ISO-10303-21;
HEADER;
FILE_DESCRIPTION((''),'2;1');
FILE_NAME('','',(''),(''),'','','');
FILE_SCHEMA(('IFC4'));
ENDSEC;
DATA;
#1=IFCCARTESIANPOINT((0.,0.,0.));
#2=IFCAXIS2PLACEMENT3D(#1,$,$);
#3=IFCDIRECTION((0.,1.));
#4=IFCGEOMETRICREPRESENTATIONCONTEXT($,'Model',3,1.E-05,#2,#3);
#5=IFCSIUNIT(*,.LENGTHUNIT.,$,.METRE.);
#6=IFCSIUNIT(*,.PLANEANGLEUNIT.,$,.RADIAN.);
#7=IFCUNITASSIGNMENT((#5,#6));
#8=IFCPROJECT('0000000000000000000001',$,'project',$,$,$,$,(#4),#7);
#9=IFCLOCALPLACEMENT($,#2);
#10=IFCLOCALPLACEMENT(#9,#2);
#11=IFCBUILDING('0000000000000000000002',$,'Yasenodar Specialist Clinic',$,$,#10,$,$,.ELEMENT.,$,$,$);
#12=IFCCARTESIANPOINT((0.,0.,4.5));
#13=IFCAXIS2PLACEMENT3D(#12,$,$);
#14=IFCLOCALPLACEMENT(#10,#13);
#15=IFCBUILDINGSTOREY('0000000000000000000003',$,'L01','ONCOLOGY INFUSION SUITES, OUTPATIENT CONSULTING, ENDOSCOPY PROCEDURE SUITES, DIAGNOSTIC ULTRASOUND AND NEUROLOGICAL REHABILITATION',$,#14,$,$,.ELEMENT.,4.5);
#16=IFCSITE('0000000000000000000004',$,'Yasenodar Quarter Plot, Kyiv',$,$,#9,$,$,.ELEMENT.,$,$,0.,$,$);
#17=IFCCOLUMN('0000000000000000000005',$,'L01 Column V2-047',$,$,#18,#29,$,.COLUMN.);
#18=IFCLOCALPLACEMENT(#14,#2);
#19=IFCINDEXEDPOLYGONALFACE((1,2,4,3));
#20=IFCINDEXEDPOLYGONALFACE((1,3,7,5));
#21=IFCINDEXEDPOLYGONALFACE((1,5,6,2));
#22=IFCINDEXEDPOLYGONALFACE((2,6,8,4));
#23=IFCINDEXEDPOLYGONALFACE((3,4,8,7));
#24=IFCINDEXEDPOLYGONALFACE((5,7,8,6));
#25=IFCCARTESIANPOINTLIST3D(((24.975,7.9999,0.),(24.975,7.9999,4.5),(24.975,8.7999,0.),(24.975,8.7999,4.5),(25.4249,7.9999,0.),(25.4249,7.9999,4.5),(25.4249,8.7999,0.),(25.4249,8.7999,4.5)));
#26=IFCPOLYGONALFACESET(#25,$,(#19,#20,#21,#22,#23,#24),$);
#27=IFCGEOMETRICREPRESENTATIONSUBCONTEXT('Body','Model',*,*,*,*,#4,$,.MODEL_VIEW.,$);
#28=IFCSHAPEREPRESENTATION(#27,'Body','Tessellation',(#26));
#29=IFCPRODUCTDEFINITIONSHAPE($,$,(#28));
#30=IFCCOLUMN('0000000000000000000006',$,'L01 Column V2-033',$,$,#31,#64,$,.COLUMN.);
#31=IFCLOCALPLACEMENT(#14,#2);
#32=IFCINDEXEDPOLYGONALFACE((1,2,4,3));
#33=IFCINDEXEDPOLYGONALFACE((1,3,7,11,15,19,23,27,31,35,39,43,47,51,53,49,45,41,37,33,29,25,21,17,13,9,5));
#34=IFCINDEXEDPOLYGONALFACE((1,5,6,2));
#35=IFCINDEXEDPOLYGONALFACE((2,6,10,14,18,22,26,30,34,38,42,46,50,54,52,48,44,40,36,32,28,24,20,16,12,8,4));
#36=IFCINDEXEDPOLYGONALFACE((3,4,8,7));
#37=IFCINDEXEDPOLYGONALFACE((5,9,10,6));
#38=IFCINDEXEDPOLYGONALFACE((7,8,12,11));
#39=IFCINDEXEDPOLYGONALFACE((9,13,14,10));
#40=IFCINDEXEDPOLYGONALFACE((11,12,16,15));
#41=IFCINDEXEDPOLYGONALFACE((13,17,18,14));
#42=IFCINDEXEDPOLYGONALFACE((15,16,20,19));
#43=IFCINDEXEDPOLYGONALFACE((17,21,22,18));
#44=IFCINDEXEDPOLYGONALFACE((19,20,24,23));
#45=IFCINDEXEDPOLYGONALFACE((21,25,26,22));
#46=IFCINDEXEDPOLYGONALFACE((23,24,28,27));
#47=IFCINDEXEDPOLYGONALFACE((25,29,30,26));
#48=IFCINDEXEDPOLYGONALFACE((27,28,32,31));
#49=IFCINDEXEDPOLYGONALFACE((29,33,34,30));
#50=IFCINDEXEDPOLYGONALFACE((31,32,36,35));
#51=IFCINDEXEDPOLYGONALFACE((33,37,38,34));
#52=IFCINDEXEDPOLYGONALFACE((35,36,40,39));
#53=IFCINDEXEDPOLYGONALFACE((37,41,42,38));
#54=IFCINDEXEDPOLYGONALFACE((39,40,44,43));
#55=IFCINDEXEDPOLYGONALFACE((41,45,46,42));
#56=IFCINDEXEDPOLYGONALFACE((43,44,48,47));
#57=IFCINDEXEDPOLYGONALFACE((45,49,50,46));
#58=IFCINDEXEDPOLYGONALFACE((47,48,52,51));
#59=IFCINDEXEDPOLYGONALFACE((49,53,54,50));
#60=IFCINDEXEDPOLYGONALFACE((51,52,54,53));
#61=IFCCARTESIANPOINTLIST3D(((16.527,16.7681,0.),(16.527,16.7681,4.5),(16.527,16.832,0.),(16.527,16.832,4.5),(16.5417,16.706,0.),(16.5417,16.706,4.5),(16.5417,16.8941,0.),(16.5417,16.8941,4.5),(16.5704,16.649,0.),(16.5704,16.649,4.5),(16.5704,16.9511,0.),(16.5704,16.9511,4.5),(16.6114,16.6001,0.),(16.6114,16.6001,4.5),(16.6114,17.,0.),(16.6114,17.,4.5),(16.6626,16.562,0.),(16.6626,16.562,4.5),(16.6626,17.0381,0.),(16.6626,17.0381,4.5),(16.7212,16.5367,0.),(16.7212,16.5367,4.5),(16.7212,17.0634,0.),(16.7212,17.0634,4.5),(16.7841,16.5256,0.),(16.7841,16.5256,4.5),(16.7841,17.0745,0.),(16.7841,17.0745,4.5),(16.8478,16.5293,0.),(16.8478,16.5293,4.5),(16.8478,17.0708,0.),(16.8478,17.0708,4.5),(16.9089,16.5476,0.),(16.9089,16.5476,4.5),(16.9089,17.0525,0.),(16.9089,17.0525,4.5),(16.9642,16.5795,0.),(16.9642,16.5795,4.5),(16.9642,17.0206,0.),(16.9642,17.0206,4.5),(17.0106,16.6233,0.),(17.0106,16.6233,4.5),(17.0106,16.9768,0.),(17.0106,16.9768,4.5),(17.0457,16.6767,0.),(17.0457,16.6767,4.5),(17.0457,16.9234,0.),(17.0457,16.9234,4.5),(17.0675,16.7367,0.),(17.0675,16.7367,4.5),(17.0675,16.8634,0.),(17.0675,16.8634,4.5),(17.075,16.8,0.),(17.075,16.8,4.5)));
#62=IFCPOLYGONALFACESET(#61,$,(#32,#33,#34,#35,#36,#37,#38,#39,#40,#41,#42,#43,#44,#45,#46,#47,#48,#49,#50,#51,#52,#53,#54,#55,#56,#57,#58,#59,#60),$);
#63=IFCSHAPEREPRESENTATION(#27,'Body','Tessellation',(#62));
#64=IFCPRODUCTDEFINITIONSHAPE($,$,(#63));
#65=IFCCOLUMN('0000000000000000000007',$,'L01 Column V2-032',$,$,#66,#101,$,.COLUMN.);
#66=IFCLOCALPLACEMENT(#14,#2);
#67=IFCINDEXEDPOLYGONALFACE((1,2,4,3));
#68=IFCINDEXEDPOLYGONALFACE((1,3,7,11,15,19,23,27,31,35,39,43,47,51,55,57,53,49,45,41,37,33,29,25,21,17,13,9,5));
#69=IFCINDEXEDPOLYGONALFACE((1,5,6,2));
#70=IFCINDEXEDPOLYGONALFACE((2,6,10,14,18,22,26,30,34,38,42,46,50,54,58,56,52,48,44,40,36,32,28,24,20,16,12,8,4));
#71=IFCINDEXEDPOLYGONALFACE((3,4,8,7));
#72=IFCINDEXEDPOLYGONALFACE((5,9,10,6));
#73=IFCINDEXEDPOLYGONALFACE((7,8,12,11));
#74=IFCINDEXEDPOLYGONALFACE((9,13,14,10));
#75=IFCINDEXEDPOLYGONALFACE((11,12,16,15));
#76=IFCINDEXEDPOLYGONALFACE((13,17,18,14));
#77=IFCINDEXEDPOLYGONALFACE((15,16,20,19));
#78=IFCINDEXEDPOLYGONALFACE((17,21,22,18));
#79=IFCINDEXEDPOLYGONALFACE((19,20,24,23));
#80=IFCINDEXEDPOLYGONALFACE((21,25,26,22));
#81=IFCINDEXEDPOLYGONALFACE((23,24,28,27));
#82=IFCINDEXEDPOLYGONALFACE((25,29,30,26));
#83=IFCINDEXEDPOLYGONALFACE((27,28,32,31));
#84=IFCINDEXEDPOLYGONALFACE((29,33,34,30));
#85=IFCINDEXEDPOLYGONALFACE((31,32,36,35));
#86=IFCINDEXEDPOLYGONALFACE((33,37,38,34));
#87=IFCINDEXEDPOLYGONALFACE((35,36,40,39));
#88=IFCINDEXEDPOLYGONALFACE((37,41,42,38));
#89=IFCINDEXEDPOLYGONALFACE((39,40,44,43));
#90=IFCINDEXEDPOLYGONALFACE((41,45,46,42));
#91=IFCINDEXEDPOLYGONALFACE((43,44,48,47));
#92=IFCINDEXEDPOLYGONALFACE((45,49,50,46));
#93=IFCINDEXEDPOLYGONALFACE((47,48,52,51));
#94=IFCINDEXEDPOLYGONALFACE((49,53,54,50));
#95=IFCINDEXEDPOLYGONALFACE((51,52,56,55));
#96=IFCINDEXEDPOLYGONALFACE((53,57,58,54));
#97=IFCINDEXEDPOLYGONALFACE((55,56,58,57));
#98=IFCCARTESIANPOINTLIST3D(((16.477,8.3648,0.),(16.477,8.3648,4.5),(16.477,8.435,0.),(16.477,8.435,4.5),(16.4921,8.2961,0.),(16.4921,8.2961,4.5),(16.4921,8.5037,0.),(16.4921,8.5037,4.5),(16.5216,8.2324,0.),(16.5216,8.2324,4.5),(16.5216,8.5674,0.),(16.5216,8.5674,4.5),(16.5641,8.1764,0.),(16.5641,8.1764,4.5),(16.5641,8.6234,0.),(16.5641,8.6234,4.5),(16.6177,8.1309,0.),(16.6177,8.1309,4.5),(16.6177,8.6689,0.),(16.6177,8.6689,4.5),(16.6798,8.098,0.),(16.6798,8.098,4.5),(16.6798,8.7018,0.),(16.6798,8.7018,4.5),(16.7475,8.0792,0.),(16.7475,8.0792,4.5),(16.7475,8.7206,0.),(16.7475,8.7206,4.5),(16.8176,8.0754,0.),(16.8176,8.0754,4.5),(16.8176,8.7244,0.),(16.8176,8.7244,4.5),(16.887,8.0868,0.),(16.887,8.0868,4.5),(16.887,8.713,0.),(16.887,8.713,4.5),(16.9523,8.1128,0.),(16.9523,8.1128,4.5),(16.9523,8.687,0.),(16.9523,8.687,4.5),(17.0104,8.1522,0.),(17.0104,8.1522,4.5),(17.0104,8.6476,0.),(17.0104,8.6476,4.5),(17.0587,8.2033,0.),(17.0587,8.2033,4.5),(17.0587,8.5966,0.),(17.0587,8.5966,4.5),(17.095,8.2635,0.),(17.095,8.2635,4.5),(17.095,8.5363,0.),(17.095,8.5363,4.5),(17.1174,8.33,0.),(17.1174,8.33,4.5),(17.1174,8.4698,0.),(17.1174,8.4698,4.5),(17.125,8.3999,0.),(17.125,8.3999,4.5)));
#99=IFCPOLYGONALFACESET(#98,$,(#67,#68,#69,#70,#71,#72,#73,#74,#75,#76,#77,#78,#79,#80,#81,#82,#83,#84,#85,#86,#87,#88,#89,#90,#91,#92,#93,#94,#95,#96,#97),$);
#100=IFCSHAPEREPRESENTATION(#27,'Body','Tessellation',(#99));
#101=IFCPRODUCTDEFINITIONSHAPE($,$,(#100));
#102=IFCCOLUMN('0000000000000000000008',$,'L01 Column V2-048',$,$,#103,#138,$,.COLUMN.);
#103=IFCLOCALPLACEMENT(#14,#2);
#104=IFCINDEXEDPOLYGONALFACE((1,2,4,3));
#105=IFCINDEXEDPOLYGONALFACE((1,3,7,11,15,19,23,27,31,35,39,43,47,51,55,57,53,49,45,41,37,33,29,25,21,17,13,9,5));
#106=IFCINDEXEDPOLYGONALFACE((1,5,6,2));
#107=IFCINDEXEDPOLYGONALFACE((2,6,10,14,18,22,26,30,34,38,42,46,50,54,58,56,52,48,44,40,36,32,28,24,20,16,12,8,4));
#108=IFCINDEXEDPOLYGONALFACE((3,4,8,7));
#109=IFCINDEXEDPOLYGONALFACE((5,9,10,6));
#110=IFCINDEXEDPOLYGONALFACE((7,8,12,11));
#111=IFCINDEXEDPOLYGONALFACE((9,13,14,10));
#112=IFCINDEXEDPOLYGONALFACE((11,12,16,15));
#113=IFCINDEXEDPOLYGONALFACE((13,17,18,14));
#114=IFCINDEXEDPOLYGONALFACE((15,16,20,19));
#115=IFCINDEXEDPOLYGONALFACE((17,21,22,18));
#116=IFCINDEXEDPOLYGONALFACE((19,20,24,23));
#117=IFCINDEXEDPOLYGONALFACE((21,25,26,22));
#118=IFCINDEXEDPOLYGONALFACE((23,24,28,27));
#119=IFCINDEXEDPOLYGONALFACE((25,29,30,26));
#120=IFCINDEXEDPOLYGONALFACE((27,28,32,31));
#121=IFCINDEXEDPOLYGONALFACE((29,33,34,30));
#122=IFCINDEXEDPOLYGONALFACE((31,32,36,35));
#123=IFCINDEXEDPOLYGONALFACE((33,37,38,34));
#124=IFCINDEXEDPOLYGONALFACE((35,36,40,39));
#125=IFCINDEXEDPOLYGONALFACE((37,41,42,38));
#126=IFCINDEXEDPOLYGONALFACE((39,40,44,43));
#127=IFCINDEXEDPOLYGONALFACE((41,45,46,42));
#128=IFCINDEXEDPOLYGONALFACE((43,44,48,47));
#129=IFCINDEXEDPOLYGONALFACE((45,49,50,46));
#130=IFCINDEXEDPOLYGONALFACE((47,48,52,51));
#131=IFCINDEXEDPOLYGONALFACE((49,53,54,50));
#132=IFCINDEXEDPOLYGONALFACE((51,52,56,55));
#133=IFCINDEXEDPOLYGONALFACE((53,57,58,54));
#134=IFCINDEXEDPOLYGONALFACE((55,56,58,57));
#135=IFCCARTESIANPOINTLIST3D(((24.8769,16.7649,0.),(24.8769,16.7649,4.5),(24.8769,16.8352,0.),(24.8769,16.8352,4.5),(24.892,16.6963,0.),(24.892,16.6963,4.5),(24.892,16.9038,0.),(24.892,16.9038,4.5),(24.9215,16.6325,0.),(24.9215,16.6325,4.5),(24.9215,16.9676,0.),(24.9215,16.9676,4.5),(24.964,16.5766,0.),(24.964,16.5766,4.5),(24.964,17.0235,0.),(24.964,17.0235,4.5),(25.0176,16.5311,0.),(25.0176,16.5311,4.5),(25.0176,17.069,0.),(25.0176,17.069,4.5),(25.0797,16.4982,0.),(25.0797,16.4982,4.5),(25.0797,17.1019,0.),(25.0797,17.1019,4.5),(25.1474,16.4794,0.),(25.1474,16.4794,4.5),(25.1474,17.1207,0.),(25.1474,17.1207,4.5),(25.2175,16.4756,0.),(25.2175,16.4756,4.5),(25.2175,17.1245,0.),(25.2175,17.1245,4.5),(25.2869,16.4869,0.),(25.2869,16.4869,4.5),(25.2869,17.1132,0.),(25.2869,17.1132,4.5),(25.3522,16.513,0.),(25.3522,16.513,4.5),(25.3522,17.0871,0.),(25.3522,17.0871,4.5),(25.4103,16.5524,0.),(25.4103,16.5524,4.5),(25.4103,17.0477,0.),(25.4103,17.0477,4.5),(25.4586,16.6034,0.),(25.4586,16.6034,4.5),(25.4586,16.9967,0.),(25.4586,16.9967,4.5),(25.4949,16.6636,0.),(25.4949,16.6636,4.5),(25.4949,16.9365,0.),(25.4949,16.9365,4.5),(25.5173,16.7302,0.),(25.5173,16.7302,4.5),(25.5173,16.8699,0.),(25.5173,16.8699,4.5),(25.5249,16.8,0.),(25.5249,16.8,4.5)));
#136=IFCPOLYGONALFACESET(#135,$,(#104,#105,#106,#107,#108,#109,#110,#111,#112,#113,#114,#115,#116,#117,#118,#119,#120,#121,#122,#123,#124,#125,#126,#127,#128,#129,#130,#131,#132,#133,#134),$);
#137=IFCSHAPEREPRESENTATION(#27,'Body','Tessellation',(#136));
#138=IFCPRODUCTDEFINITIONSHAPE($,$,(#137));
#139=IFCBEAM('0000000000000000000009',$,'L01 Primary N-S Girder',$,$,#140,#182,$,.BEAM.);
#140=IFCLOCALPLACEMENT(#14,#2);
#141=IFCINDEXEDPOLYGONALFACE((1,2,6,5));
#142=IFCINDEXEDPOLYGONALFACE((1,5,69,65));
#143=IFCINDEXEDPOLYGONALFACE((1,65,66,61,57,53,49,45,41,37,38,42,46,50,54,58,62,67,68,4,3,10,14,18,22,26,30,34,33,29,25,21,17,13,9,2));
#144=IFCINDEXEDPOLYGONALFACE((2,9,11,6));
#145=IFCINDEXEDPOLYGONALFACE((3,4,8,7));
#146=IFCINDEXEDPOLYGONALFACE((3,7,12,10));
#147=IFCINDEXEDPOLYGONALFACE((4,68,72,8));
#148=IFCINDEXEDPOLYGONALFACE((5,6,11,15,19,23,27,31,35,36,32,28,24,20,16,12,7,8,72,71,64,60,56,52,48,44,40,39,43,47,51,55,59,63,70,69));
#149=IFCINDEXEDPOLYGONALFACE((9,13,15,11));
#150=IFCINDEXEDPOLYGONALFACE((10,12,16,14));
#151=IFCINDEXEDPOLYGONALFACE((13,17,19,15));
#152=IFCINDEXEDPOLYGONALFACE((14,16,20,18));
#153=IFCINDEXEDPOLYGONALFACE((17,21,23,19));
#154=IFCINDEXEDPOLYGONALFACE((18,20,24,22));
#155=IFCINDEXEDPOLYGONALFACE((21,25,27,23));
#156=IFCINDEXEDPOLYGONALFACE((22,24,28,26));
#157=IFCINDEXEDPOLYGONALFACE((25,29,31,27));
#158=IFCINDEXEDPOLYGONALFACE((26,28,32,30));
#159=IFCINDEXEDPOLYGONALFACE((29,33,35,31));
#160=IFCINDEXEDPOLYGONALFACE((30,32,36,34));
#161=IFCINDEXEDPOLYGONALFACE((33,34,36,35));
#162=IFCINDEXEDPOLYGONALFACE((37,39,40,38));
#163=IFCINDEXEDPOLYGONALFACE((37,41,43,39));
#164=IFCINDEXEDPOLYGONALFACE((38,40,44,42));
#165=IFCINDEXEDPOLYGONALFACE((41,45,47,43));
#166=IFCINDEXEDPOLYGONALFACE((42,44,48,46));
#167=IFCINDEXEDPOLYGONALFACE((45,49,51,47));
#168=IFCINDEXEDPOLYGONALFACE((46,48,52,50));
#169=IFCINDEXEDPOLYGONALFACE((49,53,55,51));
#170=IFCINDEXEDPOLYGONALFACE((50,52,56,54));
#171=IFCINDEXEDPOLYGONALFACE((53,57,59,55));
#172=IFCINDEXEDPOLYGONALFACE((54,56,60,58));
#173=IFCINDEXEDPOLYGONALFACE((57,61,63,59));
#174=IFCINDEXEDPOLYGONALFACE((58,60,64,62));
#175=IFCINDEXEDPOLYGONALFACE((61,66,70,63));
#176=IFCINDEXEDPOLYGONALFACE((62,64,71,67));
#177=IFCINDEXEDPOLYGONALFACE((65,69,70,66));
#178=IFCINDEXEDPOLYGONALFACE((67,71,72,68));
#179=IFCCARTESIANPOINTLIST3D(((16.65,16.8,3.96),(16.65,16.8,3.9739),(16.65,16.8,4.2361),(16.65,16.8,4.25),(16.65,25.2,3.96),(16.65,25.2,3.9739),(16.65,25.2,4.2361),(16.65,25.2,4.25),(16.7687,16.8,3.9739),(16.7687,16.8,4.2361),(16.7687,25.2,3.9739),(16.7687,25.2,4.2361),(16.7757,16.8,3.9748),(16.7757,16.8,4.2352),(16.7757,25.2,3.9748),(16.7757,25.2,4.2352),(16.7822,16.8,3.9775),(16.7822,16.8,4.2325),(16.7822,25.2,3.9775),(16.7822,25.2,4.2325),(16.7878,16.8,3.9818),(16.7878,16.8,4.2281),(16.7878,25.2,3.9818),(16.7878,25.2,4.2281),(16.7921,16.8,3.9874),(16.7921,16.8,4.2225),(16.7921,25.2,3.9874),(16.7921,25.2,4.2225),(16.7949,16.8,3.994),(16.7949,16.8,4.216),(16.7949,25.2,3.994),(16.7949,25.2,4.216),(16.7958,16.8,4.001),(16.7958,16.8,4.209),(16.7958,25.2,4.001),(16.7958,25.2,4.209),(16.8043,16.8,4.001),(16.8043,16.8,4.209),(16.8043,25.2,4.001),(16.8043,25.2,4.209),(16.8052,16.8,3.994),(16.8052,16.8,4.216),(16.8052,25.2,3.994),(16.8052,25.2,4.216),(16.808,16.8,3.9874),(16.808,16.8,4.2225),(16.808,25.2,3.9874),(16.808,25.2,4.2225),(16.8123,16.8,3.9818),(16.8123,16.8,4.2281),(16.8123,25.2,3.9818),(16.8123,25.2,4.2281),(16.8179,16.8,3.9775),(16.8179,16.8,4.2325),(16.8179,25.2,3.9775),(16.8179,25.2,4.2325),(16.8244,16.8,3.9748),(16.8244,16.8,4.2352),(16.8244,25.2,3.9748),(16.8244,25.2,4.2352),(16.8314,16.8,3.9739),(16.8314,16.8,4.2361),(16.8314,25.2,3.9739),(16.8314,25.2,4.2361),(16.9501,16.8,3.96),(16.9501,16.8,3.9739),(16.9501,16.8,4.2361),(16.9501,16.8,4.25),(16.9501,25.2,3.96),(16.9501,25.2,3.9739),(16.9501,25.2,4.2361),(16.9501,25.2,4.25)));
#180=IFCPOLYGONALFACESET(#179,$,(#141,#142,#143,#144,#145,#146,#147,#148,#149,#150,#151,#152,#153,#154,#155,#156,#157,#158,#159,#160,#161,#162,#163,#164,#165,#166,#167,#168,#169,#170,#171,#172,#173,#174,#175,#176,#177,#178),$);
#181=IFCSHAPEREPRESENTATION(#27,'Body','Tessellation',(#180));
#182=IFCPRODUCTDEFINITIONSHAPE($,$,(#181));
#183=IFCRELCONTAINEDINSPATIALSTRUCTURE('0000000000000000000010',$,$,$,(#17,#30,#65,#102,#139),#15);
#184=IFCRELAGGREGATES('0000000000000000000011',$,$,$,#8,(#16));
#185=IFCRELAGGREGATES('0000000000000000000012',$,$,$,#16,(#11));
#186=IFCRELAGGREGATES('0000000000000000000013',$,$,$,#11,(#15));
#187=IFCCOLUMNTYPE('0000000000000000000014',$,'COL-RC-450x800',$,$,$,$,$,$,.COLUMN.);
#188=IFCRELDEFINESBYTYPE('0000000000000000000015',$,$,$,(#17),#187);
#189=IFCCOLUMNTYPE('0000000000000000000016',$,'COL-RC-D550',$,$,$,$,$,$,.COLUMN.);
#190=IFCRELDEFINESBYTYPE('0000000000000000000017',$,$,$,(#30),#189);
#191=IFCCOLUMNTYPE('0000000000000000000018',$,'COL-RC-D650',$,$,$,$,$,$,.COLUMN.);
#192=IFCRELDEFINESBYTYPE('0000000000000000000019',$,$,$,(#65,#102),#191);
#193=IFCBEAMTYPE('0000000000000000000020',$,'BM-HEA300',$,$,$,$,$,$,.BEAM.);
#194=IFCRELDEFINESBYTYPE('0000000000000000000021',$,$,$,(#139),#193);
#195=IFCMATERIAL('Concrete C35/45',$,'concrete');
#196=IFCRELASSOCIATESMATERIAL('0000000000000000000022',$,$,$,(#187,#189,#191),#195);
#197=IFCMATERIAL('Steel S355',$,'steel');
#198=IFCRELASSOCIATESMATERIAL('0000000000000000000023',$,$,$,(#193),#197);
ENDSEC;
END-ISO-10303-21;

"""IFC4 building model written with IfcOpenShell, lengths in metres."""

from ifc_helpers import new_model, si_unit, direction, frame, origin, origin_2d, place, context, subcontext, project, spatial, rectangle, circle, i_section, extrude, material, material_profile, profile_set, type_object, element, save


model = new_model("IFC4")

# Units and contexts
model_context = context("Model", 3, precision=1e-05, world=origin(), true_north=direction((0.0, 1.0)))
body_context = subcontext(model_context, "Body", "Model", "MODEL_VIEW")
ifc_project = project(units=[si_unit("LENGTHUNIT", "METRE"), si_unit("PLANEANGLEUNIT", "RADIAN")], contexts=[model_context])

# Site, building, storey
site_placement = place(None, origin())
site = spatial("IfcSite", under=ifc_project, at=site_placement, Name="Yasenodar Quarter Plot, Kyiv", CompositionType="ELEMENT", RefElevation=0.0)
building_placement = place(site_placement, origin())
building = spatial("IfcBuilding", under=site, at=building_placement, Name="Yasenodar Specialist Clinic", CompositionType="ELEMENT")
storey_placement = place(building_placement, frame((0.0, 0.0, 4.5)))
storey = spatial("IfcBuildingStorey", under=building, at=storey_placement, Name="L01", Description="ONCOLOGY INFUSION SUITES, OUTPATIENT CONSULTING, ENDOSCOPY PROCEDURE SUITES, DIAGNOSTIC ULTRASOUND AND NEUROLOGICAL REHABILITATION", CompositionType="ELEMENT", Elevation=4.5)

# Columns
ifc_material_1 = material(Name="Concrete C35/45", Category="concrete")
ifc_material_profile_1 = material_profile(ifc_material_1, rectangle(XDim=0.45, YDim=0.8, at=origin_2d()), Name="RC 450x800")
ifc_profile_set_1 = profile_set([ifc_material_profile_1], Name="Concrete C35/45")
column_type_1 = type_object("IfcColumnType", Name="COL-RC-450x800", PredefinedType="COLUMN", material=ifc_profile_set_1)
column_1_placement = place(storey_placement, frame((25.2, 8.3999, 0.0), z_axis=(0.0, 0.0, 1.0), x_axis=(1.0, 0.0, 0.0)))
element("IfcColumn", 1, at=column_1_placement, inside=storey, type_object=column_type_1, Name="L01 Column V2-047", PredefinedType="COLUMN", context=body_context, shape_type="SweptSolid", body=[
    extrude(rectangle(XDim=0.45, YDim=0.8, at=origin_2d()), origin(), (0.0, 0.0, 1.0), 4.5),
])
ifc_material_profile_2 = material_profile(ifc_material_1, circle(Radius=0.2749, at=origin_2d()), Name="RC D550")
ifc_profile_set_2 = profile_set([ifc_material_profile_2], Name="Concrete C35/45")
column_type_2 = type_object("IfcColumnType", Name="COL-RC-D550", PredefinedType="COLUMN", material=ifc_profile_set_2)
column_2_placement = place(storey_placement, frame((16.8, 16.8, 0.0), z_axis=(0.0, 0.0, 1.0), x_axis=(1.0, 0.0, 0.0)))
element("IfcColumn", 2, at=column_2_placement, inside=storey, type_object=column_type_2, Name="L01 Column V2-033", PredefinedType="COLUMN", context=body_context, shape_type="SweptSolid", body=[
    extrude(circle(Radius=0.2749, at=origin_2d()), origin(), (0.0, 0.0, 1.0), 4.5),
])
ifc_material_profile_3 = material_profile(ifc_material_1, circle(Radius=0.325, at=origin_2d()), Name="RC D650")
ifc_profile_set_3 = profile_set([ifc_material_profile_3], Name="Concrete C35/45")
column_type_3 = type_object("IfcColumnType", Name="COL-RC-D650", PredefinedType="COLUMN", material=ifc_profile_set_3)
for number, where, z_axis, x_axis, name in (
    (3, (16.8, 8.3999, 0.0), (0.0, 0.0, 1.0), (1.0, 0.0, 0.0), "L01 Column V2-032"),
    (4, (25.2, 16.8, 0.0), (0.0, 0.0, 1.0), (1.0, 0.0, 0.0), "L01 Column V2-048"),
):
    element("IfcColumn", number, at=place(storey_placement, frame(where, z_axis=z_axis, x_axis=x_axis)), inside=storey, type_object=column_type_3, Name=name, PredefinedType="COLUMN", context=body_context, shape_type="SweptSolid", body=[
        extrude(circle(Radius=0.325, at=origin_2d()), origin(), (0.0, 0.0, 1.0), 4.5),
    ])

# Beam
ifc_material_2 = material(Name="Steel S355", Category="steel")
ifc_material_profile_4 = material_profile(ifc_material_2, i_section(OverallWidth=0.3, OverallDepth=0.29, WebThickness=0.0085, FlangeThickness=0.0139, FilletRadius=0.0271, at=origin_2d()), Name="HEA 300")
ifc_profile_set_4 = profile_set([ifc_material_profile_4], Name="Steel S355")
beam_type_1 = type_object("IfcBeamType", Name="BM-HEA300", PredefinedType="BEAM", material=ifc_profile_set_4)
beam_1_placement = place(storey_placement, frame((16.8, 16.8, 4.105), z_axis=(0.0, 1.0, 0.0), x_axis=(-1.0, 0.0, 0.0)))
element("IfcBeam", 5, at=beam_1_placement, inside=storey, type_object=beam_type_1, Name="L01 Primary N-S Girder", PredefinedType="BEAM", context=body_context, shape_type="SweptSolid", body=[
    extrude(i_section(OverallWidth=0.3, OverallDepth=0.29, WebThickness=0.0085, FlangeThickness=0.0139, FilletRadius=0.0271, at=origin_2d()), origin(), (0.0, 0.0, 1.0), 8.3999),
])

save(model, "model.ifc")
